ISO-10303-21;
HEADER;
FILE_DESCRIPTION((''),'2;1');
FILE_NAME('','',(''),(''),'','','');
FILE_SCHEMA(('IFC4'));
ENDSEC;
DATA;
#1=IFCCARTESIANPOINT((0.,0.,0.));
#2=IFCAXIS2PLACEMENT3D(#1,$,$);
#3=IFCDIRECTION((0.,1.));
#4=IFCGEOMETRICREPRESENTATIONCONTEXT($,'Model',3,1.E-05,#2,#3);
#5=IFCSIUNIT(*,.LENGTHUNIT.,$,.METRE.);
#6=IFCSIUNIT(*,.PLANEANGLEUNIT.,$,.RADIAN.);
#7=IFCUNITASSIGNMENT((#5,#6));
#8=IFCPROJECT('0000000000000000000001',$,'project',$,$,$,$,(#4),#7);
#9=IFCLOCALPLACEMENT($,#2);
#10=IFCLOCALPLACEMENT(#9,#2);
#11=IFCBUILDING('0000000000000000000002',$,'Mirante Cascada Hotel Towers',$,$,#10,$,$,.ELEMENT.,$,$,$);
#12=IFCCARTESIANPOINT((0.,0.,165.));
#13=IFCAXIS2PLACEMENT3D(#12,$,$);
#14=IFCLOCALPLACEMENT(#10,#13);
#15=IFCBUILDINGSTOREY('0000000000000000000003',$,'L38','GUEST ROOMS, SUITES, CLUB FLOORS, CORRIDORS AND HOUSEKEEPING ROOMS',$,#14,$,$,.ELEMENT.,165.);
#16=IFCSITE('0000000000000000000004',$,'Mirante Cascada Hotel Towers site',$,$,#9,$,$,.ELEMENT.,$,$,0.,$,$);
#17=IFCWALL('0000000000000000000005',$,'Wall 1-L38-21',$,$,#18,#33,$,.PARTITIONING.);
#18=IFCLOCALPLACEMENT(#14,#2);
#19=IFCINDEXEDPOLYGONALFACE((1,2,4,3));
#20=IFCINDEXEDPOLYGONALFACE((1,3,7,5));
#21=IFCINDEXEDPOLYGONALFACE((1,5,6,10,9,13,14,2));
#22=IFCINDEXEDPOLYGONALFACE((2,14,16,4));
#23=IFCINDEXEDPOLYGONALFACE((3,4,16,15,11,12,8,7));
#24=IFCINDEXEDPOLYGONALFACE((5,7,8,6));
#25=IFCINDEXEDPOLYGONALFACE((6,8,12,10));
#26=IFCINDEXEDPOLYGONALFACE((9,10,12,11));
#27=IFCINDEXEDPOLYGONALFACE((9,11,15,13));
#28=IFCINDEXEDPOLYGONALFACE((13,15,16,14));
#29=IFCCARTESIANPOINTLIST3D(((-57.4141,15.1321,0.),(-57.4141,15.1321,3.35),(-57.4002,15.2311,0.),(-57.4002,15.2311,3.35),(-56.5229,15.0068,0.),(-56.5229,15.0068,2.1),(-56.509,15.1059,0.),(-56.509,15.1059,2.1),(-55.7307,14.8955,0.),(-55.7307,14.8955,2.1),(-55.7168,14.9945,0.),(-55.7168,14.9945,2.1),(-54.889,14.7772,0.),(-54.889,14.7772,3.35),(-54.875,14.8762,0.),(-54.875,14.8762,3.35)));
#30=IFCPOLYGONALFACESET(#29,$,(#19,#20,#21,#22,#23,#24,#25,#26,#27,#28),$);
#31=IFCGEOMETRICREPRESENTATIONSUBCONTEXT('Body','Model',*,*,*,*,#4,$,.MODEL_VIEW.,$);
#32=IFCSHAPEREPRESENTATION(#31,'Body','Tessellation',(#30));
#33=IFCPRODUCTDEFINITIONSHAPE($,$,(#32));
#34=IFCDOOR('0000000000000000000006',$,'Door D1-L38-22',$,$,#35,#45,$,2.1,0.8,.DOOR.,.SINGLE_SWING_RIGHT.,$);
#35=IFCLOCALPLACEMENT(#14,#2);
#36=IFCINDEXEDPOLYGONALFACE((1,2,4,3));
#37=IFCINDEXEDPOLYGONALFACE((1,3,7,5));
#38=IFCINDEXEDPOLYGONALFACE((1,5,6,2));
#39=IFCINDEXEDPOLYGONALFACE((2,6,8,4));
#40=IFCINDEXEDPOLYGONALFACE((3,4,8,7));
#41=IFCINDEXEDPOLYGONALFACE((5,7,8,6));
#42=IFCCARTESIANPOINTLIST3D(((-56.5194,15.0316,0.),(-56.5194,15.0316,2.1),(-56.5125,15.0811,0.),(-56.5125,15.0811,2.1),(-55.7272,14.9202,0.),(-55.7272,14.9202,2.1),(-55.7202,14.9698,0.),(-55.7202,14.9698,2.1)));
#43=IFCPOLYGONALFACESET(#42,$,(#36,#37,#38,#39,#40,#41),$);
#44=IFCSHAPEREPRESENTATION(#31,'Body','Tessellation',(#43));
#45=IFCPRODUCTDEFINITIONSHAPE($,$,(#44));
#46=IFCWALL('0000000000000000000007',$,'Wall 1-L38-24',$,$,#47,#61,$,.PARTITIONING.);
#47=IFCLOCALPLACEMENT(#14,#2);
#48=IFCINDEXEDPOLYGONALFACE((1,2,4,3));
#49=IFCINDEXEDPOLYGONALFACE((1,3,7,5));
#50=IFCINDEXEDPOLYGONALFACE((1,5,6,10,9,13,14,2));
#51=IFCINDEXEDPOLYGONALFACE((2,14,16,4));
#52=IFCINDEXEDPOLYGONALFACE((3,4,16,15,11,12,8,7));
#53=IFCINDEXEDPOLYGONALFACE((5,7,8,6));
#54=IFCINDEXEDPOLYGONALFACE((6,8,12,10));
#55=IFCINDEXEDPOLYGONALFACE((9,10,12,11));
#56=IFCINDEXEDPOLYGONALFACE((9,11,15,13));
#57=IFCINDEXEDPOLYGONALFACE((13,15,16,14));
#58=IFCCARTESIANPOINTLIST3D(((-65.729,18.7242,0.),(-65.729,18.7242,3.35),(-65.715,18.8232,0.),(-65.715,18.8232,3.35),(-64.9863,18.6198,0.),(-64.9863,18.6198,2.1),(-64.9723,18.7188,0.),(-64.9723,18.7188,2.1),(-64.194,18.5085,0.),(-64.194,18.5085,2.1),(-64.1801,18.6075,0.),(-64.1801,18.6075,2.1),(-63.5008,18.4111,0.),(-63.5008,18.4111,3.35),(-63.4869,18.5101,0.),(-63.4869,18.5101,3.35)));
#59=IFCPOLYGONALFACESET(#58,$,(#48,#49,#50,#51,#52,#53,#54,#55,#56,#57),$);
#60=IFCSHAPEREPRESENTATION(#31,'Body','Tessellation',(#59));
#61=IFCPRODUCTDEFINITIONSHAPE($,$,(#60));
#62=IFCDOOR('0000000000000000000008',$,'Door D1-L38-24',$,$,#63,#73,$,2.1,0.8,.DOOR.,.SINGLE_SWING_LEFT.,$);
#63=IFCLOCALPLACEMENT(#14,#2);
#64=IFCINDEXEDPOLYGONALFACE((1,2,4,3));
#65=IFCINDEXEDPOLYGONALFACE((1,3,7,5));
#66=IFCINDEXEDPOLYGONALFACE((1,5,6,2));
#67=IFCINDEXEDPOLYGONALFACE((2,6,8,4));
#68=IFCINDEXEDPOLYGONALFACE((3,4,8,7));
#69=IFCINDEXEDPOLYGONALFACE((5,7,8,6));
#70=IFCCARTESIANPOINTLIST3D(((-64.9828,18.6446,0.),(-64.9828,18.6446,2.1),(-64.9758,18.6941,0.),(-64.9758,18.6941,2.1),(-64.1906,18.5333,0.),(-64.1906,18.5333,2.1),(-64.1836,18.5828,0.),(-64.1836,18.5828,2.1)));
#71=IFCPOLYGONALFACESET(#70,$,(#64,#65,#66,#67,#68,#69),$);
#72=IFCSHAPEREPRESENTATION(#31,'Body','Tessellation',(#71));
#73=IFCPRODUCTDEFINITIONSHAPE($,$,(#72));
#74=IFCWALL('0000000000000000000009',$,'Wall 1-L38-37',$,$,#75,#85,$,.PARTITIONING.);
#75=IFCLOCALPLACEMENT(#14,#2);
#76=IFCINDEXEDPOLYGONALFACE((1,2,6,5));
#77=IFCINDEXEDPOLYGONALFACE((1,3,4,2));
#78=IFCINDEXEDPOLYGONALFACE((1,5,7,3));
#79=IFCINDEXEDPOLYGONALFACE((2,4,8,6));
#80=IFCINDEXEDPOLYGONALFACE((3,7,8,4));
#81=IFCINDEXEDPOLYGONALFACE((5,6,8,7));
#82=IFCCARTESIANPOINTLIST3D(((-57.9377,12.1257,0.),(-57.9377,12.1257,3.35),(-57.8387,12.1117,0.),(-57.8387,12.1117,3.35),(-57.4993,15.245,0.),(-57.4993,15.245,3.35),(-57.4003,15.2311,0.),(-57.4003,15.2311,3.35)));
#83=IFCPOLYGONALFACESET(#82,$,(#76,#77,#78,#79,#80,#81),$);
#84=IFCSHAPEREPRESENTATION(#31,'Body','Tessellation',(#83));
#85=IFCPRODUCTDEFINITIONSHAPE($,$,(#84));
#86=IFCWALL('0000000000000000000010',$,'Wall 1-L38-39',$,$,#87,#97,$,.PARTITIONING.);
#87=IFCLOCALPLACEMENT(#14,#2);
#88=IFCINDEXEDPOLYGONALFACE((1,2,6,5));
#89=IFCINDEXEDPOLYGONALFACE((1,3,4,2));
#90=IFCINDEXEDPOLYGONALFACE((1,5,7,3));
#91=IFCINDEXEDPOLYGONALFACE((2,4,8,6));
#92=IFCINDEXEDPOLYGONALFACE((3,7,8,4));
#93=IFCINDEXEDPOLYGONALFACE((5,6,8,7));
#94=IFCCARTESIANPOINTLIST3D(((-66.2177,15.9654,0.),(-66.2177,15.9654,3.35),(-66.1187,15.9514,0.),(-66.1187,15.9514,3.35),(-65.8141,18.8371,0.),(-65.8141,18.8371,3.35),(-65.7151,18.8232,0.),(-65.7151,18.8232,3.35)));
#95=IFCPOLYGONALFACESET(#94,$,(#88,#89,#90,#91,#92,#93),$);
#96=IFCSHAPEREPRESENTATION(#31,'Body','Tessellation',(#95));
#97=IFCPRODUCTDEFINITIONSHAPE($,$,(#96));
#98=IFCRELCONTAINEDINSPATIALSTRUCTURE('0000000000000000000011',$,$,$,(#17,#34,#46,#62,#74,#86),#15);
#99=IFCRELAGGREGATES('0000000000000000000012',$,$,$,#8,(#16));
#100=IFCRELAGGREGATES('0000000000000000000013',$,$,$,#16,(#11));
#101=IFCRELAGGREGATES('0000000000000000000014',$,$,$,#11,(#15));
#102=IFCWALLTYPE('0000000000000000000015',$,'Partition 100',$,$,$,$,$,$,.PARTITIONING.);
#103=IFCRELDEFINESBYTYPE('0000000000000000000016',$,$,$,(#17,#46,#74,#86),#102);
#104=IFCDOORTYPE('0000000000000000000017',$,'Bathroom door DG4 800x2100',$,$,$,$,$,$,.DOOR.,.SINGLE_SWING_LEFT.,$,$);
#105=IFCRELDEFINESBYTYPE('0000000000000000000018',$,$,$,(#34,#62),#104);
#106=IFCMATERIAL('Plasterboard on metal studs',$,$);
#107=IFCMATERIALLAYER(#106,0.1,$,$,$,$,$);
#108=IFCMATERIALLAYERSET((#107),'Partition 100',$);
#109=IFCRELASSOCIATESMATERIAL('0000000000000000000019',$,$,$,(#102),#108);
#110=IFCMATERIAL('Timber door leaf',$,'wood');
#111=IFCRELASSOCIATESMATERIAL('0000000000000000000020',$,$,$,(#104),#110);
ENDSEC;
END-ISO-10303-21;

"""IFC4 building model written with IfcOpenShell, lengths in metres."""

from ifc_helpers import new_model, si_unit, direction, frame, frame_2d, origin, place, context, subcontext, project, spatial, rectangle, extrude, material, layer, layer_set, type_object, element, fill, save


model = new_model("IFC4")

# Units and contexts
model_context = context("Model", 3, precision=1e-05, world=origin(), true_north=direction((0.0, 1.0)))
body_context = subcontext(model_context, "Body", "Model", "MODEL_VIEW")
ifc_project = project(units=[si_unit("LENGTHUNIT", "METRE"), si_unit("PLANEANGLEUNIT", "RADIAN")], contexts=[model_context])

# Site, building, storey
site_placement = place(None, origin())
site = spatial("IfcSite", under=ifc_project, at=site_placement, Name="Mirante Cascada Hotel Towers site", CompositionType="ELEMENT", RefElevation=0.0)
building_placement = place(site_placement, origin())
building = spatial("IfcBuilding", under=site, at=building_placement, Name="Mirante Cascada Hotel Towers", CompositionType="ELEMENT")
storey_placement = place(building_placement, frame((0.0, 0.0, 165.0)))
storey = spatial("IfcBuildingStorey", under=building, at=storey_placement, Name="L38", Description="GUEST ROOMS, SUITES, CLUB FLOORS, CORRIDORS AND HOUSEKEEPING ROOMS", CompositionType="ELEMENT", Elevation=165.0)

# Walls, openings, doors
ifc_material_1 = material(Name="Plasterboard on metal studs")
ifc_layer_1 = layer(ifc_material_1, 0.1)
ifc_layer_set_1 = layer_set([ifc_layer_1], Name="Partition 100")
wall_type_1 = type_object("IfcWallType", Name="Partition 100", PredefinedType="PARTITIONING", material=ifc_layer_set_1)
ifc_material_2 = material(Name="Timber door leaf", Category="wood")
door_type = type_object("IfcDoorType", Name="Bathroom door DG4 800x2100", OperationType="SINGLE_SWING_LEFT", PredefinedType="DOOR", material=ifc_material_2)
wall_1_placement = place(storey_placement, frame((-54.882, 14.8267, 0.0), z_axis=(0.0, 0.0, 1.0), x_axis=(-0.990268, 0.139176, 0.0)))
wall_1 = element("IfcWall", 1, at=wall_1_placement, inside=storey, type_object=wall_type_1, Name="Wall 1-L38-21", PredefinedType="PARTITIONING", context=body_context, shape_type="SweptSolid", body=[
    extrude(rectangle(XDim=2.55, YDim=0.1, at=frame_2d((1.275, 0.0))), origin(), (0.0, 0.0, 1.0), 3.35),
])
opening_1_placement = place(wall_1_placement, frame((0.85, 0.0, 0.0)))
opening_1 = element("IfcOpeningElement", 2, at=opening_1_placement, cuts=wall_1, PredefinedType="OPENING", context=body_context, shape_type="SweptSolid", body=[
    extrude(rectangle(XDim=0.8, YDim=2.1, at=frame_2d((0.4, 1.05))), frame((0.0, 0.05, 0.0), z_axis=(0.0, -1.0, 0.0), x_axis=(1.0, 0.0, 0.0)), (0.0, 0.0, 1.0), 0.1),
])
door_1_placement = place(opening_1_placement, frame((0.8, 0.0, 0.0), z_axis=(0.0, 0.0, 1.0), x_axis=(-1.0, 0.0, 0.0)))
door_1 = element("IfcDoor", 3, at=door_1_placement, inside=storey, type_object=door_type, Name="Door D1-L38-22", OperationType="SINGLE_SWING_RIGHT", OverallHeight=2.1, OverallWidth=0.8, PredefinedType="DOOR", context=body_context, shape_type="SweptSolid", body=[
    extrude(rectangle(XDim=0.8, YDim=2.1, at=frame_2d((0.4, 1.05))), frame((0.0, 0.025, 0.0), z_axis=(0.0, -1.0, 0.0), x_axis=(1.0, 0.0, 0.0)), (0.0, 0.0, 1.0), 0.05),
])
fill(opening_1, door_1)
wall_2_placement = place(storey_placement, frame((-65.722, 18.7737, 0.0), z_axis=(0.0, 0.0, 1.0), x_axis=(0.990271, -0.139156, 0.0)))
wall_2 = element("IfcWall", 4, at=wall_2_placement, inside=storey, type_object=wall_type_1, Name="Wall 1-L38-24", PredefinedType="PARTITIONING", context=body_context, shape_type="SweptSolid", body=[
    extrude(rectangle(XDim=2.25, YDim=0.1, at=frame_2d((1.125, 0.0))), origin(), (0.0, 0.0, 1.0), 3.35),
])
opening_2_placement = place(wall_2_placement, frame((0.75, 0.0, 0.0)))
opening_2 = element("IfcOpeningElement", 5, at=opening_2_placement, cuts=wall_2, PredefinedType="OPENING", context=body_context, shape_type="SweptSolid", body=[
    extrude(rectangle(XDim=0.8, YDim=2.1, at=frame_2d((0.4, 1.05))), frame((0.0, 0.05, 0.0), z_axis=(0.0, -1.0, 0.0), x_axis=(1.0, 0.0, 0.0)), (0.0, 0.0, 1.0), 0.1),
])
door_2_placement = place(opening_2_placement, origin())
door_2 = element("IfcDoor", 6, at=door_2_placement, inside=storey, type_object=door_type, Name="Door D1-L38-24", OperationType="SINGLE_SWING_LEFT", OverallHeight=2.1, OverallWidth=0.8, PredefinedType="DOOR", context=body_context, shape_type="SweptSolid", body=[
    extrude(rectangle(XDim=0.8, YDim=2.1, at=frame_2d((0.4, 1.05))), frame((0.0, 0.025, 0.0), z_axis=(0.0, -1.0, 0.0), x_axis=(1.0, 0.0, 0.0)), (0.0, 0.0, 1.0), 0.05),
])
fill(opening_2, door_2)

# Walls
wall_3_placement = place(storey_placement, frame((-57.8882, 12.1187, 0.0), z_axis=(0.0, 0.0, 1.0), x_axis=(0.139177, 0.990268, 0.0)))
element("IfcWall", 7, at=wall_3_placement, inside=storey, type_object=wall_type_1, Name="Wall 1-L38-37", PredefinedType="PARTITIONING", context=body_context, shape_type="SweptSolid", body=[
    extrude(rectangle(XDim=3.15, YDim=0.1, at=frame_2d((1.575, 0.0))), origin(), (0.0, 0.0, 1.0), 3.35),
])
wall_4_placement = place(storey_placement, frame((-66.1682, 15.9584, 0.0), z_axis=(0.0, 0.0, 1.0), x_axis=(0.139171, 0.990268, 0.0)))
element("IfcWall", 8, at=wall_4_placement, inside=storey, type_object=wall_type_1, Name="Wall 1-L38-39", PredefinedType="PARTITIONING", context=body_context, shape_type="SweptSolid", body=[
    extrude(rectangle(XDim=2.9, YDim=0.1, at=frame_2d((1.45, 0.0))), origin(), (0.0, 0.0, 1.0), 3.35),
])

save(model, "model.ifc")
